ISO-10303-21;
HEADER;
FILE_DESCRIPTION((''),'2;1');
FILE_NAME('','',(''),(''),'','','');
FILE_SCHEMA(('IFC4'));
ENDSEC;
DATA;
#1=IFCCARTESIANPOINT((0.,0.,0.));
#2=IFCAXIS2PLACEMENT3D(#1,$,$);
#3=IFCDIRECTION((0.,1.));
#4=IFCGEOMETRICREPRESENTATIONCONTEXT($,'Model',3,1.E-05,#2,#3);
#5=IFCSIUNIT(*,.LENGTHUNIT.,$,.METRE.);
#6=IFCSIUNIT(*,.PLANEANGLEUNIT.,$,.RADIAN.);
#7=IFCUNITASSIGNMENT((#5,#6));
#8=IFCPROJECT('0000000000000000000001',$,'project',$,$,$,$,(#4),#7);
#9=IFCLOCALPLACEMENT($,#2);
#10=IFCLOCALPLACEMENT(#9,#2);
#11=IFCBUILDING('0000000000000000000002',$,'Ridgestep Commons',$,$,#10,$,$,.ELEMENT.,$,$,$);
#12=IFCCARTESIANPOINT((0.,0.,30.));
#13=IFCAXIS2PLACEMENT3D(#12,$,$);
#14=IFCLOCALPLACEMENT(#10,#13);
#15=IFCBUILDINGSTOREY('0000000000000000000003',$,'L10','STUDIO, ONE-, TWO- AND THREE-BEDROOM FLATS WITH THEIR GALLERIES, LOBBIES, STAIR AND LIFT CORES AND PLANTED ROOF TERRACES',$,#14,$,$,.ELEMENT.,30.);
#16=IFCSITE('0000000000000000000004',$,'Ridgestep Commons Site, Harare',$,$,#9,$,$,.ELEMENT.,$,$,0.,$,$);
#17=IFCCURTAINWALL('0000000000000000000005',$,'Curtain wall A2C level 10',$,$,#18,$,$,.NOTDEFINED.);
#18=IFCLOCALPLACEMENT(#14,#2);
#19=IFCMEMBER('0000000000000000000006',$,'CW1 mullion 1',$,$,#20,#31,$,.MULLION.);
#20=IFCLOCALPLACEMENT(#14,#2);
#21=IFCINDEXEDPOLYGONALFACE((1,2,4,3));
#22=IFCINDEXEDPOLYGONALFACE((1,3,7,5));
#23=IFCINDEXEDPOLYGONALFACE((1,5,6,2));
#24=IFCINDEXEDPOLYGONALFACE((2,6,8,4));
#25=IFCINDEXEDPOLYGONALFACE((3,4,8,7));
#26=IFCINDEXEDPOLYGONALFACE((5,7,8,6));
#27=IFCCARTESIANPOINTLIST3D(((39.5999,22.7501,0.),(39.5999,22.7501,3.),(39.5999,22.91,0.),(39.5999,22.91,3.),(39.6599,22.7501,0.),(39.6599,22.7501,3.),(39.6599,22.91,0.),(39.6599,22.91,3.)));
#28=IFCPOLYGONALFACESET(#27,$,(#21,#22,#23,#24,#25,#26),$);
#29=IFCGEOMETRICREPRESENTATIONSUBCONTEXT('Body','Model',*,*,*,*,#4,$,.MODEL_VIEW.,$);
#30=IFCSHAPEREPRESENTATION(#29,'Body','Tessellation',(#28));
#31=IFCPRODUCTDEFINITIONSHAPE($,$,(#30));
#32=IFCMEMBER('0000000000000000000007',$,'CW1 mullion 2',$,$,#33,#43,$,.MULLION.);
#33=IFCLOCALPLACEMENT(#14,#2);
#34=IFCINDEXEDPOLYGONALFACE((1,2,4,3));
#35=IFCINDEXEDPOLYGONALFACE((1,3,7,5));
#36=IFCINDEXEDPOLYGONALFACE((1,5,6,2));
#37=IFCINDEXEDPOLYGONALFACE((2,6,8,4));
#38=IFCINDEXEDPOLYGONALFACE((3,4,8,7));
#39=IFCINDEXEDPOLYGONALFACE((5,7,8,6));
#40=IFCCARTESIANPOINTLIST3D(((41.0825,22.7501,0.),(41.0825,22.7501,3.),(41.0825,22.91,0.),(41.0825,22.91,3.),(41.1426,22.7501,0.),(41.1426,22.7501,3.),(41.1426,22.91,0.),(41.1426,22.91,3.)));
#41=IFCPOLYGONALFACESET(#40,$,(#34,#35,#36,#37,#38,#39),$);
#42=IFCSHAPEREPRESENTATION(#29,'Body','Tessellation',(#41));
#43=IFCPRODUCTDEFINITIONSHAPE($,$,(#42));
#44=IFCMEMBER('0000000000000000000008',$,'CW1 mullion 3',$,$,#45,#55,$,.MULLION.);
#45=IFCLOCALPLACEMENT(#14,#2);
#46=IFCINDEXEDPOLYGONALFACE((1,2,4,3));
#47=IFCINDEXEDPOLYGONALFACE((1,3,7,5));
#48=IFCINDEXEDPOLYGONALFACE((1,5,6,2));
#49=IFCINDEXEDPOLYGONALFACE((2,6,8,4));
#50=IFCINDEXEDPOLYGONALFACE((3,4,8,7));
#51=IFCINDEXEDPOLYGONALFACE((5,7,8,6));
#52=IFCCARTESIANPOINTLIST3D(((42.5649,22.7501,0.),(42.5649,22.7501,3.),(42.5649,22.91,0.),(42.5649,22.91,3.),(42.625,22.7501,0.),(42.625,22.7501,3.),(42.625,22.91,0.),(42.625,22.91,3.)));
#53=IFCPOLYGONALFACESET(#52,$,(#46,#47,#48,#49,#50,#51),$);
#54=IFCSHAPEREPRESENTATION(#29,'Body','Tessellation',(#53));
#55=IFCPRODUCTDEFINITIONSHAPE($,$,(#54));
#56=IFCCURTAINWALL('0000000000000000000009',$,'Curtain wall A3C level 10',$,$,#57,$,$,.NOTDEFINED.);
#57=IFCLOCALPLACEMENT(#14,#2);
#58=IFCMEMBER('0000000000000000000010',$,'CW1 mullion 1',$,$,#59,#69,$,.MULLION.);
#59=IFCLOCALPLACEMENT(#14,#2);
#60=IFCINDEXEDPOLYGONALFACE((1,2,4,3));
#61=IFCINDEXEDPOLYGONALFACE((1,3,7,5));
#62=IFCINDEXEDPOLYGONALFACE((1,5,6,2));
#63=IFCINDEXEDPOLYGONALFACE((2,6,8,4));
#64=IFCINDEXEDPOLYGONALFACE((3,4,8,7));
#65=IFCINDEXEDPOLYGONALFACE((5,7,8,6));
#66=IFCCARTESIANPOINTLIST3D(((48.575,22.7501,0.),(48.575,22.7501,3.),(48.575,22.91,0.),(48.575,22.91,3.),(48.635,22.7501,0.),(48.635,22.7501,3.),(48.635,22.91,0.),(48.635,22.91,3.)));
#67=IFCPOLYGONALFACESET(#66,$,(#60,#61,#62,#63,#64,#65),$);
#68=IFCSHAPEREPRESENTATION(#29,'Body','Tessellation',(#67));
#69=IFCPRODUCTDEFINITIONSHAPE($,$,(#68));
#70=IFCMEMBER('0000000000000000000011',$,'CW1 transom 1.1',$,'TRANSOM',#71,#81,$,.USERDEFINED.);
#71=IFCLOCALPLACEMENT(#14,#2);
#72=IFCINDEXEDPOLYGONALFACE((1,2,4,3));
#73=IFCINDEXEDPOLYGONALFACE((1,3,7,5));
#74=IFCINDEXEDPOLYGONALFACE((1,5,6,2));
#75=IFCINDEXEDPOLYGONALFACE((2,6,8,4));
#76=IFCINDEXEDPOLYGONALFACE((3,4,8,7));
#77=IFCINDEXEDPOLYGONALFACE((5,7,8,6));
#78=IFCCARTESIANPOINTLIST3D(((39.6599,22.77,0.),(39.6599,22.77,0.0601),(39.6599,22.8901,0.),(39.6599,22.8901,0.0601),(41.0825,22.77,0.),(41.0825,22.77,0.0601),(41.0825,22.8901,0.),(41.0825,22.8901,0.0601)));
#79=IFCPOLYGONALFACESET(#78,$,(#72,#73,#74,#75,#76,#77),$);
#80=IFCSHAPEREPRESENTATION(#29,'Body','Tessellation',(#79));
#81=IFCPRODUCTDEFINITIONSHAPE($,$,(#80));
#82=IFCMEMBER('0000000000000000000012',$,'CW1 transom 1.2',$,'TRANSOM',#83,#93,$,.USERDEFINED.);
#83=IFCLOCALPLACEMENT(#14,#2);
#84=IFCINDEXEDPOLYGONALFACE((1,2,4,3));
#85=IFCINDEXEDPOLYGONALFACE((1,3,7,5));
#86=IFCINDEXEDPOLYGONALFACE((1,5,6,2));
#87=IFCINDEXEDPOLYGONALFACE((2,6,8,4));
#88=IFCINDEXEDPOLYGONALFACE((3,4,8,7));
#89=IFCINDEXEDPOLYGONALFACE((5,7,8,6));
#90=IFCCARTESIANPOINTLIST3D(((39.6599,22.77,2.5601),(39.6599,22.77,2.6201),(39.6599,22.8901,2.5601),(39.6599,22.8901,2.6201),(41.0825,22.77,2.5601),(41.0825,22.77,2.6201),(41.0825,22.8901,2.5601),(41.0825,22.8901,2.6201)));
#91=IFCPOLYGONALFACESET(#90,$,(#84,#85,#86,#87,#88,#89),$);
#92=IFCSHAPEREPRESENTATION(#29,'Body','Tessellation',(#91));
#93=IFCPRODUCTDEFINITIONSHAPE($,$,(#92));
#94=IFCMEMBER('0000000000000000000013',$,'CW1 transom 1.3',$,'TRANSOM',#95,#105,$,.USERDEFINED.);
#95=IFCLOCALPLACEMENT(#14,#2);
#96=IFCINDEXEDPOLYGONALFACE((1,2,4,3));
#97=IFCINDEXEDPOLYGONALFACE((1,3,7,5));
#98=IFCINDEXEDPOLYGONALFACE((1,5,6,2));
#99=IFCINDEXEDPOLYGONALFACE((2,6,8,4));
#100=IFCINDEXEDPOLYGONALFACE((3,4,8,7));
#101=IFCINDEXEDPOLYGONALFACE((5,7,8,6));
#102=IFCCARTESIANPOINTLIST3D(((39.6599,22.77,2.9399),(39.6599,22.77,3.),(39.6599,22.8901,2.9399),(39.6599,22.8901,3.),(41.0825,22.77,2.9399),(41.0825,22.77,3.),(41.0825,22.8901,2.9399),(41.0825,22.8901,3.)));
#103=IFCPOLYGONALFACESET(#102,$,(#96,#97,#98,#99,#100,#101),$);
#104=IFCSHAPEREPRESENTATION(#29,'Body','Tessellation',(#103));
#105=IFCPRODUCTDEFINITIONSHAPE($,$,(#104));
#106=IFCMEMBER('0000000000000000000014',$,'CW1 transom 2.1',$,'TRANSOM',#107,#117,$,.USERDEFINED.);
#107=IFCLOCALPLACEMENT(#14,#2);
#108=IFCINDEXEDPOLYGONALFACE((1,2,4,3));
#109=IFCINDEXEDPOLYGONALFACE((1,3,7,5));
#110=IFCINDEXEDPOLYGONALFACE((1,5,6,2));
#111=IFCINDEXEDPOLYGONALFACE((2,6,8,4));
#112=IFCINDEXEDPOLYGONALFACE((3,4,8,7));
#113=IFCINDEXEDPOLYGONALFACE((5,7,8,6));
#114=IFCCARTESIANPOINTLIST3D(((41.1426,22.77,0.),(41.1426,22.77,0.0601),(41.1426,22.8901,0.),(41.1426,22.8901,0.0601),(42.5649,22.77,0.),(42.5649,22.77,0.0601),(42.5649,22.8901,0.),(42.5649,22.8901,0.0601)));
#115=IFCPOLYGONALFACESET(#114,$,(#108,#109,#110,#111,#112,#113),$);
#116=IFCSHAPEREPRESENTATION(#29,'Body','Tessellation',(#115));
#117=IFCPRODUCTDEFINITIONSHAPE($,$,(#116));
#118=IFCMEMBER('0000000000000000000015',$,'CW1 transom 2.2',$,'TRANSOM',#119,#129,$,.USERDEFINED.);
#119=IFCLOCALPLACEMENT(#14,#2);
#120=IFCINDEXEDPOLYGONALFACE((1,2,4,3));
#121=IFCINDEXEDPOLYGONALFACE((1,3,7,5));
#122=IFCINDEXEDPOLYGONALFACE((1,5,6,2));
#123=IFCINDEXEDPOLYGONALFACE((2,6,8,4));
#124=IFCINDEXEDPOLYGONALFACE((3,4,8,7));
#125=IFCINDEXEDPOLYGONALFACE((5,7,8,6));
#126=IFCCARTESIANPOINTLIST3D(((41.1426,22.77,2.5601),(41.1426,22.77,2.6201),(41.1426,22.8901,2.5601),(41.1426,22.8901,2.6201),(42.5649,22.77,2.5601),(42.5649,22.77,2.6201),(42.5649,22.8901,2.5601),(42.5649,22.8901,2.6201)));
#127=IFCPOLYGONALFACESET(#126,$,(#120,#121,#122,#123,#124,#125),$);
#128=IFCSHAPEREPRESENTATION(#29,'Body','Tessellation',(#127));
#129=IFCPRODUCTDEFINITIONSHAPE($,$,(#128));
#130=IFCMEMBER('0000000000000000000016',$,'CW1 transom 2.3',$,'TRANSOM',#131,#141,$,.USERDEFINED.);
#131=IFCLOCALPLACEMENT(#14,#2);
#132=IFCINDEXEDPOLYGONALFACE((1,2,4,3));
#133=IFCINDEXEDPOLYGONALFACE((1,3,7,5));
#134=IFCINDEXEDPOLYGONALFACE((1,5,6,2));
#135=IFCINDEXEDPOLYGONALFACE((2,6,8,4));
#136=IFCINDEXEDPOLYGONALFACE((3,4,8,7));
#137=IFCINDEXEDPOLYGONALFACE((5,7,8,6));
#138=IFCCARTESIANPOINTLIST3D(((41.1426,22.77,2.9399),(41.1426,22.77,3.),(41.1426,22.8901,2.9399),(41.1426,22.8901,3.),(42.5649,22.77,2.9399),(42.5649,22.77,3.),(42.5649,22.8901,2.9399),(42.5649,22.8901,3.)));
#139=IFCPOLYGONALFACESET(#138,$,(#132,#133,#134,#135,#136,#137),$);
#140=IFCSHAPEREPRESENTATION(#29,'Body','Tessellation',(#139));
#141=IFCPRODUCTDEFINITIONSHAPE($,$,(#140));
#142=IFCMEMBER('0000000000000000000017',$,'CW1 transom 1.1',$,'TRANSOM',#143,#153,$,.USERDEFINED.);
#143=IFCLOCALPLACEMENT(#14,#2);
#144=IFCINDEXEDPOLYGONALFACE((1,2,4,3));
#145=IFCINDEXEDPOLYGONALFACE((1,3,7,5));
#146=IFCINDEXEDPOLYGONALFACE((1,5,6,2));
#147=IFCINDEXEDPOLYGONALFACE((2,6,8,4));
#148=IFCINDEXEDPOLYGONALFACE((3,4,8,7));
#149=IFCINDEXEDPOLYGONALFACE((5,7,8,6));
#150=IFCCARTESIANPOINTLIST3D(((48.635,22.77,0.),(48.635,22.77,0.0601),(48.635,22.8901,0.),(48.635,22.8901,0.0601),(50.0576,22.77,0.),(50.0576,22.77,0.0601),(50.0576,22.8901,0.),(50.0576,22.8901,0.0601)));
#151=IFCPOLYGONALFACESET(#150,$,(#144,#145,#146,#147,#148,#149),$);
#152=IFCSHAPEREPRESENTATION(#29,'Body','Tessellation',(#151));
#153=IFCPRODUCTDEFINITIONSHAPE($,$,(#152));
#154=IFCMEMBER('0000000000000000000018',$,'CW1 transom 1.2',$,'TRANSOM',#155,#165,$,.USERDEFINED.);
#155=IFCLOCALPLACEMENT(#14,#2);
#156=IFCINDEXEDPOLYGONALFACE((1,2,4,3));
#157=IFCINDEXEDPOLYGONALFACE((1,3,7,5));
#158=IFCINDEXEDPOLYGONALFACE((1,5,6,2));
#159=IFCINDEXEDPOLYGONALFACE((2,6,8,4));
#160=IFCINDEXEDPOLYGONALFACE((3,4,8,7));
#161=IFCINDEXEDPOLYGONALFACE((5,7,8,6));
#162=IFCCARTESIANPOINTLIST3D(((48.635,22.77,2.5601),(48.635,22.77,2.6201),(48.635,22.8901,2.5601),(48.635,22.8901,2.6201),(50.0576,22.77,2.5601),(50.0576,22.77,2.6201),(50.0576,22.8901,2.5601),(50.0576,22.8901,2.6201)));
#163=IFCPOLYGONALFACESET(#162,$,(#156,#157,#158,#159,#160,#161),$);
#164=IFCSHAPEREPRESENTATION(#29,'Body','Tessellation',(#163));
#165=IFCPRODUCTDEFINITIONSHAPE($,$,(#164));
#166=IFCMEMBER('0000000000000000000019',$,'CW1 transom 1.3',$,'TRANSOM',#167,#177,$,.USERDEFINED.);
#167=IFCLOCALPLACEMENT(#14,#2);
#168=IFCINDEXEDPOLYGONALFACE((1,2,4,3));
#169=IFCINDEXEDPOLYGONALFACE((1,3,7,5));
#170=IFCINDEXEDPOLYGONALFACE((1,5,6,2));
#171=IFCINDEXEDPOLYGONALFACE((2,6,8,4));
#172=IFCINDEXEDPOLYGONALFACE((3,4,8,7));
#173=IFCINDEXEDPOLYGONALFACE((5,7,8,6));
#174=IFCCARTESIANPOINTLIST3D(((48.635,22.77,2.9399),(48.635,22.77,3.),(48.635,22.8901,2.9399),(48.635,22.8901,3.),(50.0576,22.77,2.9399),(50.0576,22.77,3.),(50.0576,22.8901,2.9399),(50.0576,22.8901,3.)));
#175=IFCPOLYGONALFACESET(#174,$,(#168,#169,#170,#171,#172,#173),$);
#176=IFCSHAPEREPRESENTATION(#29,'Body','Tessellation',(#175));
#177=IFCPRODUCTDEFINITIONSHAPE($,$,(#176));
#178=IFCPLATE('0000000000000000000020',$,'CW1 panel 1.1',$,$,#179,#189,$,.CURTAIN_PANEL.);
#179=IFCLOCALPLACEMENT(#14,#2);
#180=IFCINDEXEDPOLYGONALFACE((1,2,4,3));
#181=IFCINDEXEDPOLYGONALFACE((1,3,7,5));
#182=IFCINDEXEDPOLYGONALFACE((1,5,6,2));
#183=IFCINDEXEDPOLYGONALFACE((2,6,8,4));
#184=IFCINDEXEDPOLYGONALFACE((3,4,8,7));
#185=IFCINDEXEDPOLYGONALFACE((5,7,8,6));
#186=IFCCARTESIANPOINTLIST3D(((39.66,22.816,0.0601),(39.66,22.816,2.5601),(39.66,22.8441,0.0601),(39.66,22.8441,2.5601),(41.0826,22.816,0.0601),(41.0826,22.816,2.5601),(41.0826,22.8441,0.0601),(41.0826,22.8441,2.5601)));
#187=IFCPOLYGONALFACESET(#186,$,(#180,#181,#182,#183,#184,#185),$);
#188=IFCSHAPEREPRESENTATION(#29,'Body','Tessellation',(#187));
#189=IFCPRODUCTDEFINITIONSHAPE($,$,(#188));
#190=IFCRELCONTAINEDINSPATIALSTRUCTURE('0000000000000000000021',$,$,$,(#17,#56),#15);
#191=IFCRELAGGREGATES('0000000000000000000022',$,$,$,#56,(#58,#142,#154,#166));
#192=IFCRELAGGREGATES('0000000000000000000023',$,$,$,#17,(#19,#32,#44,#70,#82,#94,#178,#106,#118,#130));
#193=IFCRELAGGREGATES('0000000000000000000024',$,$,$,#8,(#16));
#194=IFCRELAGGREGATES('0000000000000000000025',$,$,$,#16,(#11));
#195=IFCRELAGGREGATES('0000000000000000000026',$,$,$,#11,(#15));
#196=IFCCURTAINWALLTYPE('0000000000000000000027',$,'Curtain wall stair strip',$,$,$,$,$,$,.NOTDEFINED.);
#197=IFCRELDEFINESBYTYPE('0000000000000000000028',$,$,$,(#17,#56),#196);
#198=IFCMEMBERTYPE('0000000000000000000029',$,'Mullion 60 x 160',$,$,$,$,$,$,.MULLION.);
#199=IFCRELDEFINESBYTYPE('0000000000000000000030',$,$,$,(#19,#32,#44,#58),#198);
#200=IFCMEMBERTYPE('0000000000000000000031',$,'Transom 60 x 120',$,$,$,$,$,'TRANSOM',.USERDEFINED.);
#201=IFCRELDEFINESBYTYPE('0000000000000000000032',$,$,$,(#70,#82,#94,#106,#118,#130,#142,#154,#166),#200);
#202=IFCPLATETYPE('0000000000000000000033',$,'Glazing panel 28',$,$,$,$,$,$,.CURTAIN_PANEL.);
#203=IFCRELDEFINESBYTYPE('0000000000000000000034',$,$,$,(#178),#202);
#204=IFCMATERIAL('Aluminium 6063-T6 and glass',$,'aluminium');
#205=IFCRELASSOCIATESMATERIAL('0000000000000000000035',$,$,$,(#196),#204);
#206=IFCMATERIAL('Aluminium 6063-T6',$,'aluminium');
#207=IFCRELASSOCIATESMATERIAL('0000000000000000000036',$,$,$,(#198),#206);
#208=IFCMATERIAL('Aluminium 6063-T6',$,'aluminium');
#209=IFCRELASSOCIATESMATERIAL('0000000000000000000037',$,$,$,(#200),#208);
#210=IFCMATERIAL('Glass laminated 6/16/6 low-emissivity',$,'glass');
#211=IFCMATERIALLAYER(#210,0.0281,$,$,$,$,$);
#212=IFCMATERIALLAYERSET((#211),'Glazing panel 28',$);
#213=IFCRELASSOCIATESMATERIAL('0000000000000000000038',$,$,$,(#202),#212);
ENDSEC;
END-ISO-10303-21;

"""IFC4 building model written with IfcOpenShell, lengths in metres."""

from ifc_helpers import new_model, si_unit, direction, frame, origin, origin_2d, place, context, subcontext, project, spatial, rectangle, extrude, material, layer, layer_set, material_profile, profile_set, type_object, element, aggregate, save


model = new_model("IFC4")

# Units and contexts
model_context = context("Model", 3, precision=1e-05, world=origin(), true_north=direction((0.0, 1.0)))
body_context = subcontext(model_context, "Body", "Model", "MODEL_VIEW")
ifc_project = project(units=[si_unit("LENGTHUNIT", "METRE"), si_unit("PLANEANGLEUNIT", "RADIAN")], contexts=[model_context])

# Site, building, storey
site_placement = place(None, origin())
site = spatial("IfcSite", under=ifc_project, at=site_placement, Name="Ridgestep Commons Site, Harare", CompositionType="ELEMENT", RefElevation=0.0)
building_placement = place(site_placement, origin())
building = spatial("IfcBuilding", under=site, at=building_placement, Name="Ridgestep Commons", CompositionType="ELEMENT")
storey_placement = place(building_placement, frame((0.0, 0.0, 30.0)))
storey = spatial("IfcBuildingStorey", under=building, at=storey_placement, Name="L10", Description="STUDIO, ONE-, TWO- AND THREE-BEDROOM FLATS WITH THEIR GALLERIES, LOBBIES, STAIR AND LIFT CORES AND PLANTED ROOF TERRACES", CompositionType="ELEMENT", Elevation=30.0)

# Curtain wall, members
ifc_material_1 = material(Name="Aluminium 6063-T6 and glass", Category="aluminium")
curtain_wall_type = type_object("IfcCurtainWallType", Name="Curtain wall stair strip", PredefinedType="NOTDEFINED", material=ifc_material_1)
curtain_wall_1_placement = place(storey_placement, origin())
curtain_wall_1 = element("IfcCurtainWall", 1, at=curtain_wall_1_placement, inside=storey, type_object=curtain_wall_type, Name="Curtain wall A2C level 10", PredefinedType="NOTDEFINED")
ifc_material_2 = material(Name="Aluminium 6063-T6", Category="aluminium")
ifc_material_profile_1 = material_profile(ifc_material_2, rectangle(XDim=0.1599, YDim=0.0601, at=origin_2d()), Name="Mullion 60 x 160")
ifc_profile_set_1 = profile_set([ifc_material_profile_1], Name="Aluminium 6063-T6")
member_type_1 = type_object("IfcMemberType", Name="Mullion 60 x 160", PredefinedType="MULLION", material=ifc_profile_set_1)
member_1_placement = place(storey_placement, frame((39.6299, 22.8301, 0.0), z_axis=(0.0, 0.0, 1.0), x_axis=(0.0, 1.0, 0.0)))
member_1 = element("IfcMember", 2, at=member_1_placement, type_object=member_type_1, Name="CW1 mullion 1", PredefinedType="MULLION", context=body_context, shape_type="SweptSolid", body=[
    extrude(rectangle(XDim=0.1599, YDim=0.0601, at=origin_2d()), origin(), (0.0, 0.0, 1.0), 3.0),
])
member_2_placement = place(storey_placement, frame((41.1125, 22.8301, 0.0), z_axis=(0.0, 0.0, 1.0), x_axis=(0.0, 1.0, 0.0)))
member_2 = element("IfcMember", 3, at=member_2_placement, type_object=member_type_1, Name="CW1 mullion 2", PredefinedType="MULLION", context=body_context, shape_type="SweptSolid", body=[
    extrude(rectangle(XDim=0.1599, YDim=0.0601, at=origin_2d()), origin(), (0.0, 0.0, 1.0), 3.0),
])
member_3_placement = place(storey_placement, frame((42.595, 22.8301, 0.0), z_axis=(0.0, 0.0, 1.0), x_axis=(0.0, 1.0, 0.0)))
member_3 = element("IfcMember", 4, at=member_3_placement, type_object=member_type_1, Name="CW1 mullion 3", PredefinedType="MULLION", context=body_context, shape_type="SweptSolid", body=[
    extrude(rectangle(XDim=0.1599, YDim=0.0601, at=origin_2d()), origin(), (0.0, 0.0, 1.0), 3.0),
])

# Curtain wall, member
curtain_wall_2_placement = place(storey_placement, origin())
curtain_wall_2 = element("IfcCurtainWall", 5, at=curtain_wall_2_placement, inside=storey, type_object=curtain_wall_type, Name="Curtain wall A3C level 10", PredefinedType="NOTDEFINED")
member_4_placement = place(storey_placement, frame((48.605, 22.8301, 0.0), z_axis=(0.0, 0.0, 1.0), x_axis=(0.0, 1.0, 0.0)))
member_4 = element("IfcMember", 6, at=member_4_placement, type_object=member_type_1, Name="CW1 mullion 1", PredefinedType="MULLION", context=body_context, shape_type="SweptSolid", body=[
    extrude(rectangle(XDim=0.1599, YDim=0.0601, at=origin_2d()), origin(), (0.0, 0.0, 1.0), 3.0),
])

# Members
ifc_material_3 = material(Name="Aluminium 6063-T6", Category="aluminium")
ifc_material_profile_2 = material_profile(ifc_material_3, rectangle(XDim=0.1201, YDim=0.0601, at=origin_2d()), Name="Transom 60 x 120")
ifc_profile_set_2 = profile_set([ifc_material_profile_2], Name="Aluminium 6063-T6")
member_type_2 = type_object("IfcMemberType", Name="Transom 60 x 120", ElementType="TRANSOM", PredefinedType="USERDEFINED", material=ifc_profile_set_2)
member_5_placement = place(storey_placement, frame((39.6599, 22.8301, 0.03), z_axis=(1.0, 0.0, 0.0), x_axis=(0.0, 1.0, 0.0)))
member_5 = element("IfcMember", 7, at=member_5_placement, type_object=member_type_2, Name="CW1 transom 1.1", ObjectType="TRANSOM", PredefinedType="USERDEFINED", context=body_context, shape_type="SweptSolid", body=[
    extrude(rectangle(XDim=0.1201, YDim=0.0601, at=origin_2d()), origin(), (0.0, 0.0, 1.0), 1.4226),
])
member_6_placement = place(storey_placement, frame((39.6599, 22.8301, 2.5901), z_axis=(1.0, 0.0, 0.0), x_axis=(0.0, 1.0, 0.0)))
member_6 = element("IfcMember", 8, at=member_6_placement, type_object=member_type_2, Name="CW1 transom 1.2", ObjectType="TRANSOM", PredefinedType="USERDEFINED", context=body_context, shape_type="SweptSolid", body=[
    extrude(rectangle(XDim=0.1201, YDim=0.0601, at=origin_2d()), origin(), (0.0, 0.0, 1.0), 1.4226),
])
member_7_placement = place(storey_placement, frame((39.6599, 22.8301, 2.97), z_axis=(1.0, 0.0, 0.0), x_axis=(0.0, 1.0, 0.0)))
member_7 = element("IfcMember", 9, at=member_7_placement, type_object=member_type_2, Name="CW1 transom 1.3", ObjectType="TRANSOM", PredefinedType="USERDEFINED", context=body_context, shape_type="SweptSolid", body=[
    extrude(rectangle(XDim=0.1201, YDim=0.0601, at=origin_2d()), origin(), (0.0, 0.0, 1.0), 1.4226),
])
member_8_placement = place(storey_placement, frame((41.1426, 22.8301, 0.03), z_axis=(1.0, 0.0, 0.0), x_axis=(0.0, 1.0, 0.0)))
member_8 = element("IfcMember", 10, at=member_8_placement, type_object=member_type_2, Name="CW1 transom 2.1", ObjectType="TRANSOM", PredefinedType="USERDEFINED", context=body_context, shape_type="SweptSolid", body=[
    extrude(rectangle(XDim=0.1201, YDim=0.0601, at=origin_2d()), origin(), (0.0, 0.0, 1.0), 1.4224),
])
member_9_placement = place(storey_placement, frame((41.1426, 22.8301, 2.5901), z_axis=(1.0, 0.0, 0.0), x_axis=(0.0, 1.0, 0.0)))
member_9 = element("IfcMember", 11, at=member_9_placement, type_object=member_type_2, Name="CW1 transom 2.2", ObjectType="TRANSOM", PredefinedType="USERDEFINED", context=body_context, shape_type="SweptSolid", body=[
    extrude(rectangle(XDim=0.1201, YDim=0.0601, at=origin_2d()), origin(), (0.0, 0.0, 1.0), 1.4224),
])
member_10_placement = place(storey_placement, frame((41.1426, 22.8301, 2.97), z_axis=(1.0, 0.0, 0.0), x_axis=(0.0, 1.0, 0.0)))
member_10 = element("IfcMember", 12, at=member_10_placement, type_object=member_type_2, Name="CW1 transom 2.3", ObjectType="TRANSOM", PredefinedType="USERDEFINED", context=body_context, shape_type="SweptSolid", body=[
    extrude(rectangle(XDim=0.1201, YDim=0.0601, at=origin_2d()), origin(), (0.0, 0.0, 1.0), 1.4224),
])
member_11_placement = place(storey_placement, frame((48.635, 22.8301, 0.03), z_axis=(1.0, 0.0, 0.0), x_axis=(0.0, 1.0, 0.0)))
member_11 = element("IfcMember", 13, at=member_11_placement, type_object=member_type_2, Name="CW1 transom 1.1", ObjectType="TRANSOM", PredefinedType="USERDEFINED", context=body_context, shape_type="SweptSolid", body=[
    extrude(rectangle(XDim=0.1201, YDim=0.0601, at=origin_2d()), origin(), (0.0, 0.0, 1.0), 1.4226),
])
member_12_placement = place(storey_placement, frame((48.635, 22.8301, 2.5901), z_axis=(1.0, 0.0, 0.0), x_axis=(0.0, 1.0, 0.0)))
member_12 = element("IfcMember", 14, at=member_12_placement, type_object=member_type_2, Name="CW1 transom 1.2", ObjectType="TRANSOM", PredefinedType="USERDEFINED", context=body_context, shape_type="SweptSolid", body=[
    extrude(rectangle(XDim=0.1201, YDim=0.0601, at=origin_2d()), origin(), (0.0, 0.0, 1.0), 1.4226),
])
member_13_placement = place(storey_placement, frame((48.635, 22.8301, 2.97), z_axis=(1.0, 0.0, 0.0), x_axis=(0.0, 1.0, 0.0)))
member_13 = element("IfcMember", 15, at=member_13_placement, type_object=member_type_2, Name="CW1 transom 1.3", ObjectType="TRANSOM", PredefinedType="USERDEFINED", context=body_context, shape_type="SweptSolid", body=[
    extrude(rectangle(XDim=0.1201, YDim=0.0601, at=origin_2d()), origin(), (0.0, 0.0, 1.0), 1.4226),
])

# Plate
ifc_material_4 = material(Name="Glass laminated 6/16/6 low-emissivity", Category="glass")
ifc_layer_1 = layer(ifc_material_4, 0.0281)
ifc_layer_set_1 = layer_set([ifc_layer_1], Name="Glazing panel 28")
plate_type_1 = type_object("IfcPlateType", Name="Glazing panel 28", PredefinedType="CURTAIN_PANEL", material=ifc_layer_set_1)
plate_1_placement = place(storey_placement, frame((40.3713, 22.8301, 0.0601), z_axis=(0.0, 0.0, 1.0), x_axis=(1.0, 0.0, 0.0)))
plate_1 = element("IfcPlate", 16, at=plate_1_placement, type_object=plate_type_1, Name="CW1 panel 1.1", PredefinedType="CURTAIN_PANEL", context=body_context, shape_type="SweptSolid", body=[
    extrude(rectangle(XDim=1.4226, YDim=0.0281, at=origin_2d()), origin(), (0.0, 0.0, 1.0), 2.5),
])
aggregate(curtain_wall_2, [member_4, member_11, member_12, member_13])
aggregate(curtain_wall_1, [member_1, member_2, member_3, member_5, member_6, member_7, plate_1, member_8, member_9, member_10])

save(model, "model.ifc")
